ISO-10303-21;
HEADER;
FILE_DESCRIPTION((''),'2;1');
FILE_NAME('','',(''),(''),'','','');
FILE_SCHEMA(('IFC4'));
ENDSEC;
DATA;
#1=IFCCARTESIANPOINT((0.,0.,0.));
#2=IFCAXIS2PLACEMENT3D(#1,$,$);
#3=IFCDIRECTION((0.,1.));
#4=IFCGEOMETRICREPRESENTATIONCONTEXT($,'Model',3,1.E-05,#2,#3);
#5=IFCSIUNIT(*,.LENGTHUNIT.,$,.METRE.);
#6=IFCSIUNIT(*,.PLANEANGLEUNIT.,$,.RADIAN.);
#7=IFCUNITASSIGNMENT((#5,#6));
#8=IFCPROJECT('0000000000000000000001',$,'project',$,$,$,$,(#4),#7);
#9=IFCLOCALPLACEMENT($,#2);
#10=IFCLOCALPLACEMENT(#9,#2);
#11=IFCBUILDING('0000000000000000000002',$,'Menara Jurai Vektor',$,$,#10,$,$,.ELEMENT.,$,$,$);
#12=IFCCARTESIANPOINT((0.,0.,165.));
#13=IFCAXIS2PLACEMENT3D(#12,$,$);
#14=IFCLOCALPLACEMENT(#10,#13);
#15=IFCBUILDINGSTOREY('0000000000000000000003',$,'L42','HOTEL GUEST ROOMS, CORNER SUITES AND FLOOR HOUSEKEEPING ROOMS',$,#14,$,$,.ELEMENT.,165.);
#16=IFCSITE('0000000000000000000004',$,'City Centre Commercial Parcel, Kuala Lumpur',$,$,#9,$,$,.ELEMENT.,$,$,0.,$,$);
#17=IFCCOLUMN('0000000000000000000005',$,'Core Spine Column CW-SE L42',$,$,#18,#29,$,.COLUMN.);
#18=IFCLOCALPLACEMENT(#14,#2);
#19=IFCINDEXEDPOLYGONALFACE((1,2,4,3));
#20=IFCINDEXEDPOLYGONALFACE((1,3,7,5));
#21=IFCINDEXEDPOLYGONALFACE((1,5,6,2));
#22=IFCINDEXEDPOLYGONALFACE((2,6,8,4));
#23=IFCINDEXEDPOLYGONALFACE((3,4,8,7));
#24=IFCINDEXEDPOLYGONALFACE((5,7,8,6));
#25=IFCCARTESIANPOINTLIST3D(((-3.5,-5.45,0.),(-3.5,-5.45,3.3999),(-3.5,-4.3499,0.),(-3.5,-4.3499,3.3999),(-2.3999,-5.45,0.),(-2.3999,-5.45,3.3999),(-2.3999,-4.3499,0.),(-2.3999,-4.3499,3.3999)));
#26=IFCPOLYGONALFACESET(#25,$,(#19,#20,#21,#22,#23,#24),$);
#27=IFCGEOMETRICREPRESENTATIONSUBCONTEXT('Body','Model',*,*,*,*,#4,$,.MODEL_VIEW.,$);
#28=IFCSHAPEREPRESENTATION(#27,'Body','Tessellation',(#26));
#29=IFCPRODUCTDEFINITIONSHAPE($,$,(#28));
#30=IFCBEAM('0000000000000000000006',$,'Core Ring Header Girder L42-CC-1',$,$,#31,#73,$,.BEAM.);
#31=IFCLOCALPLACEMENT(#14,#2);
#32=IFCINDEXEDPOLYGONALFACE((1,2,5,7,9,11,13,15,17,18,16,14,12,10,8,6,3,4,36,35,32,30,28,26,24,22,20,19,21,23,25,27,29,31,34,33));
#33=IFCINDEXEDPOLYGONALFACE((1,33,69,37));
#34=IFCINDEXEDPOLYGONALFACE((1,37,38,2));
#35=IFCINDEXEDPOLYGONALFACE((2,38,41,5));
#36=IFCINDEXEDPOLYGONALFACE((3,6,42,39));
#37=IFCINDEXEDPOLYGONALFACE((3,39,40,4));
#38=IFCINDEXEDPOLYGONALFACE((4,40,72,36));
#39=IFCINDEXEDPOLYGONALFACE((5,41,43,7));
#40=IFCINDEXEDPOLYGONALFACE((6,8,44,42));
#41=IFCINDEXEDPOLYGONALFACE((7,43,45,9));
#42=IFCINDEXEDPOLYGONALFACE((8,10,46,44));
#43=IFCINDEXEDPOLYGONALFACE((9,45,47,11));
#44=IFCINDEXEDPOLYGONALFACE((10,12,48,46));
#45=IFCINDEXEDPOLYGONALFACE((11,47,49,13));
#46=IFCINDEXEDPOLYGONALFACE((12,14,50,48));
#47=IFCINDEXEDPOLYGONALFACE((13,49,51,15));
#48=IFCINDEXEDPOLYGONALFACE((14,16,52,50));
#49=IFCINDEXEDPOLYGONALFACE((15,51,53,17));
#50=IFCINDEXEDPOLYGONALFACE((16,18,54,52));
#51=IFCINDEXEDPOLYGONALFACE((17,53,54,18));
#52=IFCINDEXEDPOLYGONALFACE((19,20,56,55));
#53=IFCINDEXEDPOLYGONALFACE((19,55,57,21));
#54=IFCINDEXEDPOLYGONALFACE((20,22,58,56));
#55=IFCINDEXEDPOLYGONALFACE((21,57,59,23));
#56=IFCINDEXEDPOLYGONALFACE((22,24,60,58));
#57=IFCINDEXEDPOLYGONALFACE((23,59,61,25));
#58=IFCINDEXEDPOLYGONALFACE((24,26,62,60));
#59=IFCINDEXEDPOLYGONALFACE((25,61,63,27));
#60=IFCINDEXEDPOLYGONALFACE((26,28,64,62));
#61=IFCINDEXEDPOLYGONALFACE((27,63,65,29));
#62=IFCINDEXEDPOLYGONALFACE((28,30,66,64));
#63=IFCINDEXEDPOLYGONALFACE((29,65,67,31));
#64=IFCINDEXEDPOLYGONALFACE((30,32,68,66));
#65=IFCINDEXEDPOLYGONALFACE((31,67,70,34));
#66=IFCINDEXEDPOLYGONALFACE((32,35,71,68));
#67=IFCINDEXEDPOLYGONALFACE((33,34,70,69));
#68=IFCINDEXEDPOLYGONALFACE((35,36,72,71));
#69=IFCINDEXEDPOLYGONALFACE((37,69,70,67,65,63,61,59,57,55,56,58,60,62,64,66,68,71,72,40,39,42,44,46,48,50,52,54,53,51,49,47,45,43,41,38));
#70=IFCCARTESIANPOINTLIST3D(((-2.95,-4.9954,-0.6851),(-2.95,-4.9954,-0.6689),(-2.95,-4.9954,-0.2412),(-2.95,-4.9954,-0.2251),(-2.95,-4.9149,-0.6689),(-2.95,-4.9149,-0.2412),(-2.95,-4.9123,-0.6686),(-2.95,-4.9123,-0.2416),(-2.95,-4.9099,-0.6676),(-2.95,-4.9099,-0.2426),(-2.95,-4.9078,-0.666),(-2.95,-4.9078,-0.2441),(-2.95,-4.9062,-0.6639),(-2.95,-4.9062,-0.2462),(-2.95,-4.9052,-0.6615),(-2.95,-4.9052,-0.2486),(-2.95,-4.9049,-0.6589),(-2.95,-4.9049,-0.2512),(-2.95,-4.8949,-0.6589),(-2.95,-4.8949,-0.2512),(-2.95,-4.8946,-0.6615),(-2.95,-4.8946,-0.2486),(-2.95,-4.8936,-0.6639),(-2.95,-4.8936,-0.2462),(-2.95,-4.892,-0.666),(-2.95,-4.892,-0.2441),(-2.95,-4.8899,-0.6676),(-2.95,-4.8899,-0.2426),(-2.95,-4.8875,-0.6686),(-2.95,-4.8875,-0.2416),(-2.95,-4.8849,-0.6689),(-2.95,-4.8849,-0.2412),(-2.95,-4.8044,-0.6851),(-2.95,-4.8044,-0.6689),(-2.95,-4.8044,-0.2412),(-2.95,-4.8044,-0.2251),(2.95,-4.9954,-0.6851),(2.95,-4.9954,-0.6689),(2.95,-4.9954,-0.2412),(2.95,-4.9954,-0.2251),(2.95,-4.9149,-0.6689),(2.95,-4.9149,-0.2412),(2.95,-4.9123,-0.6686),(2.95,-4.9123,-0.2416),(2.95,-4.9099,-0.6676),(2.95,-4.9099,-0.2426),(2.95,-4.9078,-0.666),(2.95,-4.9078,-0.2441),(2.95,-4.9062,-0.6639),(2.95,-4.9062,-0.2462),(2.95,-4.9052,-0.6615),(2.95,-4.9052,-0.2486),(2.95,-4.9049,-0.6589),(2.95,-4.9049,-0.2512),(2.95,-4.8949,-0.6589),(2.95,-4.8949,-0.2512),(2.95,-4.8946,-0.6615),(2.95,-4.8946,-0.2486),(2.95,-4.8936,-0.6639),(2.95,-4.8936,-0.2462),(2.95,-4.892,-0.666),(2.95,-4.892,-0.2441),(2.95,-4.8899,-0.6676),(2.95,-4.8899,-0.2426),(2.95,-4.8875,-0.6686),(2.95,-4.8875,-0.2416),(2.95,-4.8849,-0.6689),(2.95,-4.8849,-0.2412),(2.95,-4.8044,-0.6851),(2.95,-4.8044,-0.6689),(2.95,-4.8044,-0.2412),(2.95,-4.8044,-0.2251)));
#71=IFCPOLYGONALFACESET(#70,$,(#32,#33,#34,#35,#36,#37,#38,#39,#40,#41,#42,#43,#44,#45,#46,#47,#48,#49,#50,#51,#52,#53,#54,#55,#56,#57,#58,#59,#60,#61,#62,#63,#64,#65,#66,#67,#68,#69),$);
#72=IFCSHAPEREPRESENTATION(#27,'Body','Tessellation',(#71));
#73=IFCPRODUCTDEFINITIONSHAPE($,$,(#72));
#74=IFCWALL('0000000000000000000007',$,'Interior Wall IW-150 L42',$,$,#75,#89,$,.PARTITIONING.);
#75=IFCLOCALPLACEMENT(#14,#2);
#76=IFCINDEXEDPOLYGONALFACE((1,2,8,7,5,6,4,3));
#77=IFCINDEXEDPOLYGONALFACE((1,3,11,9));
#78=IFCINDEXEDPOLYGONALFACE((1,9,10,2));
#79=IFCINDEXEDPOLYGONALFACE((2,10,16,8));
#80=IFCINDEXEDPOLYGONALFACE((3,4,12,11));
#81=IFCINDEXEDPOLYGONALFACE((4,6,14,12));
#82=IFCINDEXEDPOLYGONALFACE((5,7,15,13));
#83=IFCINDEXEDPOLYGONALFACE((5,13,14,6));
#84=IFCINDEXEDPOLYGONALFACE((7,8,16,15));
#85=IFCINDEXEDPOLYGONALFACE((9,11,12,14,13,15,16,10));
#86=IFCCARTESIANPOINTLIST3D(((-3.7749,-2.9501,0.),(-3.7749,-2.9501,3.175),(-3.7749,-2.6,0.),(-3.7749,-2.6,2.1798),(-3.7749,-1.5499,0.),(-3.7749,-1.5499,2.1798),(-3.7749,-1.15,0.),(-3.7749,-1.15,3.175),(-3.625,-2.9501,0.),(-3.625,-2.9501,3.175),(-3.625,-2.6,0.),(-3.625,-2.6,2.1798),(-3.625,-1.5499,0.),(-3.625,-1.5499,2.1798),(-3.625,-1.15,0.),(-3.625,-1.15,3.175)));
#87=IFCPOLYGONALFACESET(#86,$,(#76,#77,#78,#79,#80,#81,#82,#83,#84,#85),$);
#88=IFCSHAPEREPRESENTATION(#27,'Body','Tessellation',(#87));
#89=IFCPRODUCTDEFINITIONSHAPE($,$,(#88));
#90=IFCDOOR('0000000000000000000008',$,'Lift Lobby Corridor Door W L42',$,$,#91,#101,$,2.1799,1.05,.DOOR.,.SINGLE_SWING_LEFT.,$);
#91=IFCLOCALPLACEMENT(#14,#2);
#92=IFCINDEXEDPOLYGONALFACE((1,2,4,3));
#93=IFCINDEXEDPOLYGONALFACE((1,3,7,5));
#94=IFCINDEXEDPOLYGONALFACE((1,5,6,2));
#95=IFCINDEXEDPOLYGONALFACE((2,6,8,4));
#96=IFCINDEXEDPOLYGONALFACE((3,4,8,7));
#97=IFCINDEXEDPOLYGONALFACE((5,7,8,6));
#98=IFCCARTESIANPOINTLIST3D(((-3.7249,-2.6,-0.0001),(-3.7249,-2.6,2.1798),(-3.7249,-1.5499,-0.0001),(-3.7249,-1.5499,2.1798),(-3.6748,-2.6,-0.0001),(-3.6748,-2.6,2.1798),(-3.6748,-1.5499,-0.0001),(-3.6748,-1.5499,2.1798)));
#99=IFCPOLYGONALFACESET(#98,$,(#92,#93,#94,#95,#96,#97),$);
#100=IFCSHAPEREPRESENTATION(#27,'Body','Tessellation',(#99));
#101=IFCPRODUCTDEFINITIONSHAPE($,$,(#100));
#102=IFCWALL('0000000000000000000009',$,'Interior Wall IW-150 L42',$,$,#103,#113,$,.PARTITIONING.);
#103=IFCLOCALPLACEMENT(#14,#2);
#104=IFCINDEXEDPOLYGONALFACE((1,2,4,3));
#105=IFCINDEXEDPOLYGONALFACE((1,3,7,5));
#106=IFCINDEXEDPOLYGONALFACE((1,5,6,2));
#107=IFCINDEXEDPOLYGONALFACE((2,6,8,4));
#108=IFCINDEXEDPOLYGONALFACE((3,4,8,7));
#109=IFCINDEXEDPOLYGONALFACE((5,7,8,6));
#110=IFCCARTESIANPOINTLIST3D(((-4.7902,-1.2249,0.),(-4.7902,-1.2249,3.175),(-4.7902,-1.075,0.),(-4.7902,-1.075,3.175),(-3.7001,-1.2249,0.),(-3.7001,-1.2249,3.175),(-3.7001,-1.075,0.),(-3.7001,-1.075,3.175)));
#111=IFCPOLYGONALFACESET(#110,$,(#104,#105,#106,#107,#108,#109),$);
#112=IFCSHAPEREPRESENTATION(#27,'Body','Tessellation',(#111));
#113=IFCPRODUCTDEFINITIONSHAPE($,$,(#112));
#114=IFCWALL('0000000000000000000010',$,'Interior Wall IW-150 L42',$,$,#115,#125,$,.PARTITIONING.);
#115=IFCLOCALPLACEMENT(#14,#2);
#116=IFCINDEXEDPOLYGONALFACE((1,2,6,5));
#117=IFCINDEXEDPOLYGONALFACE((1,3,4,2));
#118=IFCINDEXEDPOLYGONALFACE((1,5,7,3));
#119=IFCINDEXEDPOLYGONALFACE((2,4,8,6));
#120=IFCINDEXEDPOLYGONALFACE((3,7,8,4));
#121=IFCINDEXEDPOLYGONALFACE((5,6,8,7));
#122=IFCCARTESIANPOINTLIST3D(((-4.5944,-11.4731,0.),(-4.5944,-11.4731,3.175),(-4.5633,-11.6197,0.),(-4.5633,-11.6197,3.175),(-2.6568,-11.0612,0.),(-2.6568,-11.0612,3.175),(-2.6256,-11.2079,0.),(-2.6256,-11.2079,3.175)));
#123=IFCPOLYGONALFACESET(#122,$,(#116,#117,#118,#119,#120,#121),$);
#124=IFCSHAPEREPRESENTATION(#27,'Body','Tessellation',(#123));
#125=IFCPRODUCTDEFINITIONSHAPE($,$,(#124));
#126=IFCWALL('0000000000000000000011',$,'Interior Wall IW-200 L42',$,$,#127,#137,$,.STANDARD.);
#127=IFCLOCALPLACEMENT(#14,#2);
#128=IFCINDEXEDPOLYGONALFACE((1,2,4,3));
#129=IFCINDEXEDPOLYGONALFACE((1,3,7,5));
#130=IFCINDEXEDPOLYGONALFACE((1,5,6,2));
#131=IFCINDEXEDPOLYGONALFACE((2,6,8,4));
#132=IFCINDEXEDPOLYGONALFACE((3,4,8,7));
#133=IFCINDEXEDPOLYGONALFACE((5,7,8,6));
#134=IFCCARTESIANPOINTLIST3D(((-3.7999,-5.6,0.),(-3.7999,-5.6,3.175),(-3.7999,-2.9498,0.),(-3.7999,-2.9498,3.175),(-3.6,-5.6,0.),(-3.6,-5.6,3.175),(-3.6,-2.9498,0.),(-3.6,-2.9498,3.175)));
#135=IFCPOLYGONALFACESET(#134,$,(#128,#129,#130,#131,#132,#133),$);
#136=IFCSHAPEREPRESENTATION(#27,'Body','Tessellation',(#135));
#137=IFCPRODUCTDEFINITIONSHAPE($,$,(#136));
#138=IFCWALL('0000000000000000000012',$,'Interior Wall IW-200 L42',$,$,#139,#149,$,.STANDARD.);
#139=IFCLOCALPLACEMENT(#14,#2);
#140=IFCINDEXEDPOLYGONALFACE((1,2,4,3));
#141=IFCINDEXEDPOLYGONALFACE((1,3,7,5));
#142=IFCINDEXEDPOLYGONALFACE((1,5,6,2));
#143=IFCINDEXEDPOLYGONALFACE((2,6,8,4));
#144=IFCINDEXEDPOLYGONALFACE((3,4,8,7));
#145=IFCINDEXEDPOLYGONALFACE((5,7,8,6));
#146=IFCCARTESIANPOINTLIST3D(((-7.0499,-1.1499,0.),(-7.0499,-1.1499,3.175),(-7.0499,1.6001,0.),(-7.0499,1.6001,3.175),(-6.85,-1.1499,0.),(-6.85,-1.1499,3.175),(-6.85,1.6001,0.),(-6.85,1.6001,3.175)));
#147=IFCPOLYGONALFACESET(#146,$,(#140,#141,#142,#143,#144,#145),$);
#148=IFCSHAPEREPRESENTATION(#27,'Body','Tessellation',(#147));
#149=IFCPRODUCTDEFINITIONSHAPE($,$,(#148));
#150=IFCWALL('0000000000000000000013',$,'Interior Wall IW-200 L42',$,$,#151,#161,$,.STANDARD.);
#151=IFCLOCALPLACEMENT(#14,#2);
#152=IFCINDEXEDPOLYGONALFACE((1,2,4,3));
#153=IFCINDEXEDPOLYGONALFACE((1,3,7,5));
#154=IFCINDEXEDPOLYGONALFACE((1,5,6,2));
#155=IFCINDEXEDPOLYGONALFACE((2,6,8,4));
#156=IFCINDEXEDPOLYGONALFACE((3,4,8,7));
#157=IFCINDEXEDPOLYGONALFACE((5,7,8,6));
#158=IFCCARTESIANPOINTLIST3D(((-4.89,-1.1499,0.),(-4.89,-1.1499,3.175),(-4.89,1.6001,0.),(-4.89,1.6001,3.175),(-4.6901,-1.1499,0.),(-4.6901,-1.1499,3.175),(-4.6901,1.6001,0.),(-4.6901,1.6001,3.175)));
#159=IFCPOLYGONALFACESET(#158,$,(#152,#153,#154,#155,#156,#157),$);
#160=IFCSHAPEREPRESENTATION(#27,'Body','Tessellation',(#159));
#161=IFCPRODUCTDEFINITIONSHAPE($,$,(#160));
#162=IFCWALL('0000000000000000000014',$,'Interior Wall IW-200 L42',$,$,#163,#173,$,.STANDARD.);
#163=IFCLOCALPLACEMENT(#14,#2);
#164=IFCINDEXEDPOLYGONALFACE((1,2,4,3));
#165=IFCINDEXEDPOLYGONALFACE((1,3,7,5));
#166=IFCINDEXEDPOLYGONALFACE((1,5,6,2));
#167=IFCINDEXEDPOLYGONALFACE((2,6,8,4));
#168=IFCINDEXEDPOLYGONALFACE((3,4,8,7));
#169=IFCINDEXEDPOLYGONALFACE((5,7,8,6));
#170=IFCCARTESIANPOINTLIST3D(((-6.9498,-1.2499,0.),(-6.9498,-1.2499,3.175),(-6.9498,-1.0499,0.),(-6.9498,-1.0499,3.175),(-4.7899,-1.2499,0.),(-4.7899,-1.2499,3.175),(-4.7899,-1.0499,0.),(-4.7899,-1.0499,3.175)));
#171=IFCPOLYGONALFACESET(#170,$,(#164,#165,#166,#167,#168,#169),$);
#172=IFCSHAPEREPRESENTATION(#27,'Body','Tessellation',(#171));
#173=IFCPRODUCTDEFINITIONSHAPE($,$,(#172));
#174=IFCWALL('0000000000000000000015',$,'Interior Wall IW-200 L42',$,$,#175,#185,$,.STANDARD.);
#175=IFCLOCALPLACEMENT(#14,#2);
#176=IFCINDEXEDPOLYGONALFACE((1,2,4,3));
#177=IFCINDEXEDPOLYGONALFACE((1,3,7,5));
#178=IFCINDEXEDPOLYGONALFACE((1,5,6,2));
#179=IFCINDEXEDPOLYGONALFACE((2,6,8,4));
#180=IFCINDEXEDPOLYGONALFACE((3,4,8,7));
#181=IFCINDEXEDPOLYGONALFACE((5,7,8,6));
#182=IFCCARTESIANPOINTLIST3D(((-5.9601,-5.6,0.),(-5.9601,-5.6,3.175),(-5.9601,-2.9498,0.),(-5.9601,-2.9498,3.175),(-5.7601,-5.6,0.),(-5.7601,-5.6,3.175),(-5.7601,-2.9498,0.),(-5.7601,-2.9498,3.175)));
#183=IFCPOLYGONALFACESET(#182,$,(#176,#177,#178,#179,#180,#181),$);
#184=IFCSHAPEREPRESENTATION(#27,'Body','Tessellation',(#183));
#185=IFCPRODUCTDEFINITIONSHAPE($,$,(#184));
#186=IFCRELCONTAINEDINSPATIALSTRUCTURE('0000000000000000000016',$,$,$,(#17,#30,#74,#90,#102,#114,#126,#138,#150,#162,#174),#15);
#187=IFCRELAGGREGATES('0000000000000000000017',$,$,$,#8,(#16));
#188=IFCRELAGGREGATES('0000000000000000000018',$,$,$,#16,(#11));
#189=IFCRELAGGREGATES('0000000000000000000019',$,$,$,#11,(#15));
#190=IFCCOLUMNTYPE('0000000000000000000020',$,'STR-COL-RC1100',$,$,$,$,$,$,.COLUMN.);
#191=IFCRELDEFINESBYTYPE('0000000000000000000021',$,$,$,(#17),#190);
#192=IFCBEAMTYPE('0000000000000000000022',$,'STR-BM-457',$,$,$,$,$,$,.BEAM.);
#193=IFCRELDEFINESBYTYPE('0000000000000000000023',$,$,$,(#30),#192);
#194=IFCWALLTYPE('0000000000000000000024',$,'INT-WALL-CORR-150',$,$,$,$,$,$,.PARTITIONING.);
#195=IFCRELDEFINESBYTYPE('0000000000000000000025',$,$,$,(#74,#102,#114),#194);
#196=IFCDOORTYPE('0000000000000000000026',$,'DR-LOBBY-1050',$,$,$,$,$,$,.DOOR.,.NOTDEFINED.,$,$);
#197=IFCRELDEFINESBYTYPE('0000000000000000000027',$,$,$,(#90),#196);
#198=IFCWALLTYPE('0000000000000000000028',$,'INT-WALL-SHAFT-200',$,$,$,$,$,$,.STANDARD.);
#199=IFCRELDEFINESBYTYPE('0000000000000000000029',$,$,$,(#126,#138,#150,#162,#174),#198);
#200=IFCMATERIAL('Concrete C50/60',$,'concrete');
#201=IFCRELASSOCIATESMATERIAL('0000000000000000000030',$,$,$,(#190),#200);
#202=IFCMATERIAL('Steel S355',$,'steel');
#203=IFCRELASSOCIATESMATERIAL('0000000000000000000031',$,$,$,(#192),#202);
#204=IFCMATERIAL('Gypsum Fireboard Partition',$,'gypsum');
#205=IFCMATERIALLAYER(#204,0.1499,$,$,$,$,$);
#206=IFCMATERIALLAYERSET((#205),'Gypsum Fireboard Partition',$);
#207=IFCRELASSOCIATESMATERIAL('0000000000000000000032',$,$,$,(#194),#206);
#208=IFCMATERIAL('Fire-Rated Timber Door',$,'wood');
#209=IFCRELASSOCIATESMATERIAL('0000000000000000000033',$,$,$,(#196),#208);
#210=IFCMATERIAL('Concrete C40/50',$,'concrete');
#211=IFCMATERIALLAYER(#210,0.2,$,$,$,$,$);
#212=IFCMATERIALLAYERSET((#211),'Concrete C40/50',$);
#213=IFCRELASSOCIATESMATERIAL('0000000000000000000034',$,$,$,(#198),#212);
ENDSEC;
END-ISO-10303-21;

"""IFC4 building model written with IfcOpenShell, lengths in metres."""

from ifc_helpers import new_model, si_unit, direction, frame, frame_2d, origin, origin_2d, place, context, subcontext, project, spatial, rectangle, i_section, extrude, material, layer, layer_set, material_profile, profile_set, type_object, element, fill, save


model = new_model("IFC4")

# Units and contexts
model_context = context("Model", 3, precision=1e-05, world=origin(), true_north=direction((0.0, 1.0)))
body_context = subcontext(model_context, "Body", "Model", "MODEL_VIEW")
ifc_project = project(units=[si_unit("LENGTHUNIT", "METRE"), si_unit("PLANEANGLEUNIT", "RADIAN")], contexts=[model_context])

# Site, building, storey
site_placement = place(None, origin())
site = spatial("IfcSite", under=ifc_project, at=site_placement, Name="City Centre Commercial Parcel, Kuala Lumpur", CompositionType="ELEMENT", RefElevation=0.0)
building_placement = place(site_placement, origin())
building = spatial("IfcBuilding", under=site, at=building_placement, Name="Menara Jurai Vektor", CompositionType="ELEMENT")
storey_placement = place(building_placement, frame((0.0, 0.0, 165.0)))
storey = spatial("IfcBuildingStorey", under=building, at=storey_placement, Name="L42", Description="HOTEL GUEST ROOMS, CORNER SUITES AND FLOOR HOUSEKEEPING ROOMS", CompositionType="ELEMENT", Elevation=165.0)

# Column
ifc_material_1 = material(Name="Concrete C50/60", Category="concrete")
ifc_material_profile_1 = material_profile(ifc_material_1, rectangle(XDim=1.1001, YDim=1.1001, at=origin_2d()), Name="RC 1100x1100")
ifc_profile_set_1 = profile_set([ifc_material_profile_1], Name="Concrete C50/60")
column_type = type_object("IfcColumnType", Name="STR-COL-RC1100", PredefinedType="COLUMN", material=ifc_profile_set_1)
column_placement = place(storey_placement, frame((-2.95, -4.8999, 0.0), z_axis=(0.0, 0.0, 1.0), x_axis=(1.0, 0.0, 0.0)))
element("IfcColumn", 1, at=column_placement, inside=storey, type_object=column_type, Name="Core Spine Column CW-SE L42", PredefinedType="COLUMN", context=body_context, shape_type="SweptSolid", body=[
    extrude(rectangle(XDim=1.1001, YDim=1.1001, at=origin_2d()), origin(), (0.0, 0.0, 1.0), 3.3999),
])

# Beam
ifc_material_2 = material(Name="Steel S355", Category="steel")
ifc_material_profile_2 = material_profile(ifc_material_2, i_section(OverallWidth=0.1909, OverallDepth=0.46, WebThickness=0.01, FlangeThickness=0.0161, FilletRadius=0.01, at=origin_2d()), Name="UKB 457x191x82")
ifc_profile_set_2 = profile_set([ifc_material_profile_2], Name="Steel S355")
beam_type = type_object("IfcBeamType", Name="STR-BM-457", PredefinedType="BEAM", material=ifc_profile_set_2)
beam_placement = place(storey_placement, frame((-2.95, -4.8999, -0.4551), z_axis=(1.0, 0.0, 0.0), x_axis=(0.0, 1.0, 0.0)))
element("IfcBeam", 2, at=beam_placement, inside=storey, type_object=beam_type, Name="Core Ring Header Girder L42-CC-1", PredefinedType="BEAM", context=body_context, shape_type="SweptSolid", body=[
    extrude(i_section(OverallWidth=0.1909, OverallDepth=0.46, WebThickness=0.01, FlangeThickness=0.0161, FilletRadius=0.01, at=origin_2d()), origin(), (0.0, 0.0, 1.0), 5.8999),
])

# Wall, opening, door
ifc_material_3 = material(Name="Gypsum Fireboard Partition", Category="gypsum")
ifc_layer_1 = layer(ifc_material_3, 0.1499)
ifc_layer_set_1 = layer_set([ifc_layer_1], Name="Gypsum Fireboard Partition")
wall_type_1 = type_object("IfcWallType", Name="INT-WALL-CORR-150", PredefinedType="PARTITIONING", material=ifc_layer_set_1)
wall_1_placement = place(storey_placement, frame((-3.7, -2.95, 0.0), z_axis=(0.0, 0.0, 1.0), x_axis=(0.0, 1.0, 0.0)))
wall_1 = element("IfcWall", 3, at=wall_1_placement, inside=storey, type_object=wall_type_1, Name="Interior Wall IW-150 L42", PredefinedType="PARTITIONING", context=body_context, shape_type="SweptSolid", body=[
    extrude(rectangle(XDim=1.8, YDim=0.1499, at=frame_2d((0.8999, 0.0))), origin(), (0.0, 0.0, 1.0), 3.175),
])
opening_1_placement = place(wall_1_placement, frame((0.3501, 0.0, 0.0)))
opening_1 = element("IfcOpeningElement", 4, at=opening_1_placement, cuts=wall_1, PredefinedType="OPENING", context=body_context, shape_type="SweptSolid", body=[
    extrude(rectangle(XDim=1.05, YDim=2.1799, at=frame_2d((0.5249, 1.0898))), frame((0.0, 0.085, 0.0), z_axis=(0.0, -1.0, 0.0), x_axis=(1.0, 0.0, 0.0)), (0.0, 0.0, 1.0), 0.1699),
])
ifc_material_4 = material(Name="Fire-Rated Timber Door", Category="wood")
door_type_1 = type_object("IfcDoorType", Name="DR-LOBBY-1050", OperationType="NOTDEFINED", PredefinedType="DOOR", material=ifc_material_4)
door_1_placement = place(opening_1_placement, origin())
door_1 = element("IfcDoor", 5, at=door_1_placement, inside=storey, type_object=door_type_1, Name="Lift Lobby Corridor Door W L42", OperationType="SINGLE_SWING_LEFT", OverallHeight=2.1799, OverallWidth=1.05, PredefinedType="DOOR", context=body_context, shape_type="SweptSolid", body=[
    extrude(rectangle(XDim=1.05, YDim=2.1799, at=frame_2d((0.5249, 1.0898))), frame((0.0, 0.0249, 0.0), z_axis=(0.0, -1.0, 0.0), x_axis=(1.0, 0.0, 0.0)), (0.0, 0.0, 1.0), 0.05),
])
fill(opening_1, door_1)

# Wall
wall_2_placement = place(storey_placement, frame((-4.79, -1.1499, 0.0), z_axis=(0.0, 0.0, 1.0), x_axis=(1.0, 0.0, 0.0)))
element("IfcWall", 6, at=wall_2_placement, inside=storey, type_object=wall_type_1, Name="Interior Wall IW-150 L42", PredefinedType="PARTITIONING", context=body_context, shape_type="SweptSolid", body=[
    extrude(rectangle(XDim=1.0901, YDim=0.1499, at=frame_2d((0.5449, 0.0))), origin(), (0.0, 0.0, 1.0), 3.175),
])

# Wall
wall_3_placement = place(storey_placement, frame((-4.5789, -11.5464, 0.0), z_axis=(0.0, 0.0, 1.0), x_axis=(0.978149, 0.207904, 0.0)))
element("IfcWall", 7, at=wall_3_placement, inside=storey, type_object=wall_type_1, Name="Interior Wall IW-150 L42", PredefinedType="PARTITIONING", context=body_context, shape_type="SweptSolid", body=[
    extrude(rectangle(XDim=1.981, YDim=0.1499, at=frame_2d((0.9905, 0.0))), origin(), (0.0, 0.0, 1.0), 3.175),
])

# Shared definitions
ifc_material_5 = material(Name="Concrete C40/50", Category="concrete")
ifc_layer_2 = layer(ifc_material_5, 0.2)
ifc_layer_set_2 = layer_set([ifc_layer_2], Name="Concrete C40/50")
wall_type_2 = type_object("IfcWallType", Name="INT-WALL-SHAFT-200", PredefinedType="STANDARD", material=ifc_layer_set_2)

# Walls
wall_4_placement = place(storey_placement, frame((-3.7, -5.6001, 0.0), z_axis=(0.0, 0.0, 1.0), x_axis=(0.0, 1.0, 0.0)))
element("IfcWall", 8, at=wall_4_placement, inside=storey, type_object=wall_type_2, Name="Interior Wall IW-200 L42", PredefinedType="STANDARD", context=body_context, shape_type="SweptSolid", body=[
    extrude(rectangle(XDim=2.6501, YDim=0.2, at=frame_2d((1.3252, 0.0))), origin(), (0.0, 0.0, 1.0), 3.175),
])
wall_5_placement = place(storey_placement, frame((-6.95, -1.1499, 0.0), z_axis=(0.0, 0.0, 1.0), x_axis=(0.0, 1.0, 0.0)))
element("IfcWall", 9, at=wall_5_placement, inside=storey, type_object=wall_type_2, Name="Interior Wall IW-200 L42", PredefinedType="STANDARD", context=body_context, shape_type="SweptSolid", body=[
    extrude(rectangle(XDim=2.75, YDim=0.2, at=frame_2d((1.375, 0.0))), origin(), (0.0, 0.0, 1.0), 3.175),
])

# Walls
wall_6_placement = place(storey_placement, frame((-4.79, -1.1499, 0.0), z_axis=(0.0, 0.0, 1.0), x_axis=(0.0, 1.0, 0.0)))
element("IfcWall", 10, at=wall_6_placement, inside=storey, type_object=wall_type_2, Name="Interior Wall IW-200 L42", PredefinedType="STANDARD", context=body_context, shape_type="SweptSolid", body=[
    extrude(rectangle(XDim=2.75, YDim=0.2, at=frame_2d((1.375, 0.0))), origin(), (0.0, 0.0, 1.0), 3.175),
])
wall_7_placement = place(storey_placement, frame((-6.95, -1.1499, 0.0), z_axis=(0.0, 0.0, 1.0), x_axis=(1.0, 0.0, 0.0)))
element("IfcWall", 11, at=wall_7_placement, inside=storey, type_object=wall_type_2, Name="Interior Wall IW-200 L42", PredefinedType="STANDARD", context=body_context, shape_type="SweptSolid", body=[
    extrude(rectangle(XDim=2.1599, YDim=0.2, at=frame_2d((1.0801, 0.0))), origin(), (0.0, 0.0, 1.0), 3.175),
])
wall_8_placement = place(storey_placement, frame((-5.8601, -5.6001, 0.0), z_axis=(0.0, 0.0, 1.0), x_axis=(0.0, 1.0, 0.0)))
element("IfcWall", 12, at=wall_8_placement, inside=storey, type_object=wall_type_2, Name="Interior Wall IW-200 L42", PredefinedType="STANDARD", context=body_context, shape_type="SweptSolid", body=[
    extrude(rectangle(XDim=2.6501, YDim=0.2, at=frame_2d((1.3252, 0.0))), origin(), (0.0, 0.0, 1.0), 3.175),
])

save(model, "model.ifc")
